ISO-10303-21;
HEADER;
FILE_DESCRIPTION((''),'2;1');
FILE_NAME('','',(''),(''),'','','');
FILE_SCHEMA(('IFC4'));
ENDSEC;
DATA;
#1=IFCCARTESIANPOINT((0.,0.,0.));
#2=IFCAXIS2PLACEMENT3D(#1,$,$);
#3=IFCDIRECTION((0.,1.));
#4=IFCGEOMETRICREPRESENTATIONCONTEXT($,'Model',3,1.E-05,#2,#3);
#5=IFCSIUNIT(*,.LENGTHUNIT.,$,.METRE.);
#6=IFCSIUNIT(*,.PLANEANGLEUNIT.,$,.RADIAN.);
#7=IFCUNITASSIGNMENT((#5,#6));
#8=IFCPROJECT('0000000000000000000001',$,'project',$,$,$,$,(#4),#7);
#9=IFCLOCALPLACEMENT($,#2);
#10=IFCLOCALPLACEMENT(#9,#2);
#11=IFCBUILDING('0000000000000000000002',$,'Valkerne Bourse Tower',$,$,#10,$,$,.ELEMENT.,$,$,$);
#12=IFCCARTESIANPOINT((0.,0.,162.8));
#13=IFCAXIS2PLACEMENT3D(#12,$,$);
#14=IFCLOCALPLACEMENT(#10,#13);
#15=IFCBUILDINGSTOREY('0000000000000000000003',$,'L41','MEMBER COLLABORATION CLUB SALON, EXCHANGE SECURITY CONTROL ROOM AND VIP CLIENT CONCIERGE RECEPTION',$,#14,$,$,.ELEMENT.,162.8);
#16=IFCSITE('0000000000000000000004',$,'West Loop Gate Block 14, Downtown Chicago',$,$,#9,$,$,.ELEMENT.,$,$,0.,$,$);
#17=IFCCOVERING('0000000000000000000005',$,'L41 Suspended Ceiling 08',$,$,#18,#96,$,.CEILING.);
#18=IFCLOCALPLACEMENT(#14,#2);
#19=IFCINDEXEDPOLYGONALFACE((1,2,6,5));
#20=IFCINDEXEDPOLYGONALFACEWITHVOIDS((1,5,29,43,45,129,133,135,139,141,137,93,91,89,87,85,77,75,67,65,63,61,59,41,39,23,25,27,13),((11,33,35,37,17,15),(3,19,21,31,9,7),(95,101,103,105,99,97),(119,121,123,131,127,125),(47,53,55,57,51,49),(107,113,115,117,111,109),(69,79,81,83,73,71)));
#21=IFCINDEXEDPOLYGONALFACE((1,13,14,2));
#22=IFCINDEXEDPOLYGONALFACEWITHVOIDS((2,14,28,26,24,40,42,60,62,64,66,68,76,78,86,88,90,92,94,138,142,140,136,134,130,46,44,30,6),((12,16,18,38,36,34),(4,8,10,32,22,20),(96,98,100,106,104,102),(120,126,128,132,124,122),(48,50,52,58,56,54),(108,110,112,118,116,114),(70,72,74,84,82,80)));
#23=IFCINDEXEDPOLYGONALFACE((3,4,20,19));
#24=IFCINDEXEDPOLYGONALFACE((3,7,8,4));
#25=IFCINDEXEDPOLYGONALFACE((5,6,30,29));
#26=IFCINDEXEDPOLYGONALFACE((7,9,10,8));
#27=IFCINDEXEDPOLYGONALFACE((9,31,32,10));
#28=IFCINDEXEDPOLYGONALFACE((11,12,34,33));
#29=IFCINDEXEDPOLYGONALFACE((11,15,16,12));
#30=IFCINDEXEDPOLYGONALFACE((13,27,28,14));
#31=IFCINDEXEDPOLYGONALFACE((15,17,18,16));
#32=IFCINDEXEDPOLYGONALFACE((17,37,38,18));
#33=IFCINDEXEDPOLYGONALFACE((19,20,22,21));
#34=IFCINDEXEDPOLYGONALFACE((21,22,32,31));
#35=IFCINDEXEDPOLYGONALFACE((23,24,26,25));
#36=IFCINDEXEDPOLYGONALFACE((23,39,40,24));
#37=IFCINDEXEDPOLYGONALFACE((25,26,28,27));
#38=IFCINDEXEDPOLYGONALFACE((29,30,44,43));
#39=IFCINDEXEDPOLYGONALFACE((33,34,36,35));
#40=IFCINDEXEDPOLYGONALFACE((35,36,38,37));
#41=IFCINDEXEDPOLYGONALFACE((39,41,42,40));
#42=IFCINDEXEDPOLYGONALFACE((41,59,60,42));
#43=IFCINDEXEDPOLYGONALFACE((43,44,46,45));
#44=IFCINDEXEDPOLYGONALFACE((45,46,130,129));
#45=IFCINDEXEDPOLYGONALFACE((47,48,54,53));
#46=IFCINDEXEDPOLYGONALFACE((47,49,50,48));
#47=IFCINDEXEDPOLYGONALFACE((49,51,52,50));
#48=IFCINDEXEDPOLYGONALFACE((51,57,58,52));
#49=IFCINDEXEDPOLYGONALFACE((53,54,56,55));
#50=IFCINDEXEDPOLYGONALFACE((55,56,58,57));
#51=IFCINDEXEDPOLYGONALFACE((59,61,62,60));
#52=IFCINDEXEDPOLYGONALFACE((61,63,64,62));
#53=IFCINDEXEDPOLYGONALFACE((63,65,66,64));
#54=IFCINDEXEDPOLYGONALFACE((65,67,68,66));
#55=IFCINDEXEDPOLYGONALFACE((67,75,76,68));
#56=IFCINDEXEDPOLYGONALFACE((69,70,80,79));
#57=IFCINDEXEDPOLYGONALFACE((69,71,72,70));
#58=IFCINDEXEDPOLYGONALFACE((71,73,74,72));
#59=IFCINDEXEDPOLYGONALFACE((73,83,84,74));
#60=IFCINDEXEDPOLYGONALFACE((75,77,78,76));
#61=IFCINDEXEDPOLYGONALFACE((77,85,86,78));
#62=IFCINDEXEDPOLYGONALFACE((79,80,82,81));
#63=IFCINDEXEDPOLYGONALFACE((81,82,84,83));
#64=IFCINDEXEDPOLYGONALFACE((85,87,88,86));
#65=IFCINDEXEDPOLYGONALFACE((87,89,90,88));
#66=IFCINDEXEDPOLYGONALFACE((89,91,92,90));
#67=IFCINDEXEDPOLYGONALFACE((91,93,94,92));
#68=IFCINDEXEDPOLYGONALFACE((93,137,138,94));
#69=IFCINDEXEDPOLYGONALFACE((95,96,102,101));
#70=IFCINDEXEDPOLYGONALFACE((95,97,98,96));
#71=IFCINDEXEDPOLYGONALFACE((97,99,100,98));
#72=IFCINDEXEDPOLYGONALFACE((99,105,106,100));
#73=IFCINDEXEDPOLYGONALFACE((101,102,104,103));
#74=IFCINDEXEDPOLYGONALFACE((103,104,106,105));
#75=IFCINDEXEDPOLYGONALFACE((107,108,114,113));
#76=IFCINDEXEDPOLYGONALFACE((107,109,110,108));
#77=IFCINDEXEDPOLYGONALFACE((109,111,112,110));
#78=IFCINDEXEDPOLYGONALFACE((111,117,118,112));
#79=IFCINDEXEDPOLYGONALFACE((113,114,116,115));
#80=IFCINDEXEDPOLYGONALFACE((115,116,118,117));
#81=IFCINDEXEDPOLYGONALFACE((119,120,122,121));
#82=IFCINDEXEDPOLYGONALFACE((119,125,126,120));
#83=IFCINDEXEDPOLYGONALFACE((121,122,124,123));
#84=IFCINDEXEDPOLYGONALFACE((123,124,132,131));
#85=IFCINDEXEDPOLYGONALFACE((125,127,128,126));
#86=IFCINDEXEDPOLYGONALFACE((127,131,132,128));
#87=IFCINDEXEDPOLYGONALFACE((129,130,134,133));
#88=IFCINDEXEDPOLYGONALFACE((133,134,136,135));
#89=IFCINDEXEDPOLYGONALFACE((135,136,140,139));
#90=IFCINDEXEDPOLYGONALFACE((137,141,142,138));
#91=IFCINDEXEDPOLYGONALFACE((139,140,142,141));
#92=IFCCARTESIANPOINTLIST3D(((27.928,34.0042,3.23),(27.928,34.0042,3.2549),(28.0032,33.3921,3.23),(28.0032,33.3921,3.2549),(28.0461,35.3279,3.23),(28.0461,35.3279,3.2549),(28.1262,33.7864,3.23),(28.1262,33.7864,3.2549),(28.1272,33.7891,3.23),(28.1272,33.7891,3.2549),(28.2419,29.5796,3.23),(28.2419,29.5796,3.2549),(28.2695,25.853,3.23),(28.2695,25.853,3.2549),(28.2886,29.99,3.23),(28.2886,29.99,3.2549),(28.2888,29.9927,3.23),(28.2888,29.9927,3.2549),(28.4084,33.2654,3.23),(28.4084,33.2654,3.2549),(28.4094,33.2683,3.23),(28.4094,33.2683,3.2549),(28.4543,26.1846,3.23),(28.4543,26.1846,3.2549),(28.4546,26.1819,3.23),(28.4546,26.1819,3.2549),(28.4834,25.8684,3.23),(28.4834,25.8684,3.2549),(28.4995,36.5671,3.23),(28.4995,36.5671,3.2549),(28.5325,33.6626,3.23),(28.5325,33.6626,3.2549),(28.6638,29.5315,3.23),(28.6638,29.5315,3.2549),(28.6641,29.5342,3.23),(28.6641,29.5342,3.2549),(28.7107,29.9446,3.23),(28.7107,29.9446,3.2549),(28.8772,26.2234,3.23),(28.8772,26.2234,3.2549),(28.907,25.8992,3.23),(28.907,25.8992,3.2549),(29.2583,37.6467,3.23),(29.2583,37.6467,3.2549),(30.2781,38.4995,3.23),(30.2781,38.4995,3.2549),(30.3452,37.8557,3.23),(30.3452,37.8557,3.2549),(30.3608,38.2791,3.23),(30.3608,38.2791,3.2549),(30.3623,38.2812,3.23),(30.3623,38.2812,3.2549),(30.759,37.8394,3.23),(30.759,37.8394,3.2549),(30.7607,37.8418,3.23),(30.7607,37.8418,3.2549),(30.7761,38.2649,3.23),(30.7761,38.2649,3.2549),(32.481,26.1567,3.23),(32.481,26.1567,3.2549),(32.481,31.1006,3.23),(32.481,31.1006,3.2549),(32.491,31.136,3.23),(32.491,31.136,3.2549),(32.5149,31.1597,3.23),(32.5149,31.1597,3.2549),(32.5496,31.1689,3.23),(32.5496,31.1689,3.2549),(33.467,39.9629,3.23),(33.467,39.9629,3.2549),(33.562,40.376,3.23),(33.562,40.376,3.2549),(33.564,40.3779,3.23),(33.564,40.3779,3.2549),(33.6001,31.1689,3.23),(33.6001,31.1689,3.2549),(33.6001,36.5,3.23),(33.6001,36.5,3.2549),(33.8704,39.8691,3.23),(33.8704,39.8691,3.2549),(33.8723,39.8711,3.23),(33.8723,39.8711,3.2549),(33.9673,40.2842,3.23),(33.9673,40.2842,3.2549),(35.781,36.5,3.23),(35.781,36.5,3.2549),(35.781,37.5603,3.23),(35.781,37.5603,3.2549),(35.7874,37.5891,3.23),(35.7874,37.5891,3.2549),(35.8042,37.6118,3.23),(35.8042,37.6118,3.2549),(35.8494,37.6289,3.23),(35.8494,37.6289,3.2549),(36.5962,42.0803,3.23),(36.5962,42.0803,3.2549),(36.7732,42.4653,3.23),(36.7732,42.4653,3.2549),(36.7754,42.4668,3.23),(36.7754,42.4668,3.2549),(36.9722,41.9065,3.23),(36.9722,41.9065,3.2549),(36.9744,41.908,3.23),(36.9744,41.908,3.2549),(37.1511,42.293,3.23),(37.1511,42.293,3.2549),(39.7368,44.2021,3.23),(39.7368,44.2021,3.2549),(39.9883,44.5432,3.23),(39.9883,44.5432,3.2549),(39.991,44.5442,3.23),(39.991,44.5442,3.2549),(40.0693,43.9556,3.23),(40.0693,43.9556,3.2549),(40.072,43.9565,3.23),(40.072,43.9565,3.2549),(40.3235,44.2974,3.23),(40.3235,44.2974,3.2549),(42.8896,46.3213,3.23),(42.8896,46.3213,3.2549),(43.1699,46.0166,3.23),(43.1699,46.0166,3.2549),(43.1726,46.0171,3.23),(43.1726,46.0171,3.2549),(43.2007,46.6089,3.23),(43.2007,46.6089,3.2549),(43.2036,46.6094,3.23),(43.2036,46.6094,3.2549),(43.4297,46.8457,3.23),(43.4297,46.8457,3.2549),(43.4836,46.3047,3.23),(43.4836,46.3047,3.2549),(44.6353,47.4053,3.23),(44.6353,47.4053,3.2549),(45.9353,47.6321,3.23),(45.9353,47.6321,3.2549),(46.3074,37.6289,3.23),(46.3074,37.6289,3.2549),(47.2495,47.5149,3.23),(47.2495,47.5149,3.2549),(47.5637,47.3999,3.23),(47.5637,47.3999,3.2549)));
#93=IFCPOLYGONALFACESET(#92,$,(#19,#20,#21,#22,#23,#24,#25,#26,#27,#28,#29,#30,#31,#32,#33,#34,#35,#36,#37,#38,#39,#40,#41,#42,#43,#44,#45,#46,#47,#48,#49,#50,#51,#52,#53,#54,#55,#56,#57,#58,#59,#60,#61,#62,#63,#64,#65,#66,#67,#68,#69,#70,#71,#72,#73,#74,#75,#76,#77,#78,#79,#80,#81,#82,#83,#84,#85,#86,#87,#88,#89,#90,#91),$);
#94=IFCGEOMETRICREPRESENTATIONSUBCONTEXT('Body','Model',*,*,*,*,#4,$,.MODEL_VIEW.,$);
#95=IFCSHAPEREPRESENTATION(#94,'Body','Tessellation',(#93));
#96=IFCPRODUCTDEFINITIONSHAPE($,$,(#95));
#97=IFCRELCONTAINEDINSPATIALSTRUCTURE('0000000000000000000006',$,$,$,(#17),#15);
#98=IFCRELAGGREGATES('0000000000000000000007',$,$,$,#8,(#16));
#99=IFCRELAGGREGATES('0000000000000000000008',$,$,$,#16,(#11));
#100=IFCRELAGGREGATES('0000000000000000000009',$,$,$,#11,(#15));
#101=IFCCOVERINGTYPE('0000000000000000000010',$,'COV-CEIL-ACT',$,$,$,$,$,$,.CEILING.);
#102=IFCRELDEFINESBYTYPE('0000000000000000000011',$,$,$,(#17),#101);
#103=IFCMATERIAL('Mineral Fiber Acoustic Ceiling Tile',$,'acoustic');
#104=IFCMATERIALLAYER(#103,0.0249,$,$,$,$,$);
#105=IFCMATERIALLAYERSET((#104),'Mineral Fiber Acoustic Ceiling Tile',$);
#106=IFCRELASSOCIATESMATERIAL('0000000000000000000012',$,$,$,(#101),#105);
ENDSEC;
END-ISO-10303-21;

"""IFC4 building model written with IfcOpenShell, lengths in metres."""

from ifc_helpers import new_model, si_unit, direction, frame, origin, place, context, subcontext, project, spatial, polyline, outline, extrude, material, layer, layer_set, type_object, element, save


model = new_model("IFC4")

# Units and contexts
model_context = context("Model", 3, precision=1e-05, world=origin(), true_north=direction((0.0, 1.0)))
body_context = subcontext(model_context, "Body", "Model", "MODEL_VIEW")
ifc_project = project(units=[si_unit("LENGTHUNIT", "METRE"), si_unit("PLANEANGLEUNIT", "RADIAN")], contexts=[model_context])

# Site, building, storey
site_placement = place(None, origin())
site = spatial("IfcSite", under=ifc_project, at=site_placement, Name="West Loop Gate Block 14, Downtown Chicago", CompositionType="ELEMENT", RefElevation=0.0)
building_placement = place(site_placement, origin())
building = spatial("IfcBuilding", under=site, at=building_placement, Name="Valkerne Bourse Tower", CompositionType="ELEMENT")
storey_placement = place(building_placement, frame((0.0, 0.0, 162.8)))
storey = spatial("IfcBuildingStorey", under=building, at=storey_placement, Name="L41", Description="MEMBER COLLABORATION CLUB SALON, EXCHANGE SECURITY CONTROL ROOM AND VIP CLIENT CONCIERGE RECEPTION", CompositionType="ELEMENT", Elevation=162.8)

# Covering
ifc_material_1 = material(Name="Mineral Fiber Acoustic Ceiling Tile", Category="acoustic")
ifc_layer_1 = layer(ifc_material_1, 0.0249)
ifc_layer_set_1 = layer_set([ifc_layer_1], Name="Mineral Fiber Acoustic Ceiling Tile")
covering_type_1 = type_object("IfcCoveringType", Name="COV-CEIL-ACT", PredefinedType="CEILING", material=ifc_layer_set_1)
covering_1_placement = place(storey_placement, frame((0.0, 0.0, 3.23)))
element("IfcCovering", 1, at=covering_1_placement, inside=storey, type_object=covering_type_1, Name="L41 Suspended Ceiling 08", PredefinedType="CEILING", context=body_context, shape_type="SweptSolid", body=[
    extrude(outline(polyline([(28.4995, 36.5671), (29.2583, 37.6467), (30.2781, 38.4995), (43.4297, 46.8457), (44.6353, 47.4053), (45.9353, 47.6321), (47.2495, 47.5149), (47.5637, 47.3999), (46.3074, 37.6289), (35.8494, 37.6289), (35.8042, 37.6118), (35.7874, 37.5891), (35.781, 37.5603), (35.781, 36.5), (33.6001, 36.5), (33.6001, 31.1689), (32.5496, 31.1689), (32.5149, 31.1597), (32.491, 31.136), (32.481, 31.1006), (32.481, 26.1567), (28.907, 25.8992), (28.8772, 26.2234), (28.4543, 26.1846), (28.4546, 26.1819), (28.4834, 25.8684), (28.2695, 25.853), (27.928, 34.0042), (28.0461, 35.3279), (28.4995, 36.5671)]), holes=[polyline([(28.6641, 29.5342), (28.7107, 29.9446), (28.2888, 29.9927), (28.2886, 29.99), (28.2419, 29.5796), (28.6638, 29.5315), (28.6641, 29.5342)]), polyline([(28.5325, 33.6626), (28.1272, 33.7891), (28.1262, 33.7864), (28.0032, 33.3921), (28.4084, 33.2654), (28.4094, 33.2683), (28.5325, 33.6626)]), polyline([(30.7761, 38.2649), (30.3623, 38.2812), (30.3608, 38.2791), (30.3452, 37.8557), (30.759, 37.8394), (30.7607, 37.8418), (30.7761, 38.2649)]), polyline([(33.9673, 40.2842), (33.564, 40.3779), (33.562, 40.376), (33.467, 39.9629), (33.8704, 39.8691), (33.8723, 39.8711), (33.9673, 40.2842)]), polyline([(36.9744, 41.908), (37.1511, 42.293), (36.7754, 42.4668), (36.7732, 42.4653), (36.5962, 42.0803), (36.9722, 41.9065), (36.9744, 41.908)]), polyline([(40.072, 43.9565), (40.3235, 44.2974), (39.991, 44.5442), (39.9883, 44.5432), (39.7368, 44.2021), (40.0693, 43.9556), (40.072, 43.9565)]), polyline([(43.4836, 46.3047), (43.2036, 46.6094), (43.2007, 46.6089), (42.8896, 46.3213), (43.1699, 46.0166), (43.1726, 46.0171), (43.4836, 46.3047)])]), origin(), (0.0, 0.0, 1.0), 0.0249),
])

save(model, "model.ifc")
